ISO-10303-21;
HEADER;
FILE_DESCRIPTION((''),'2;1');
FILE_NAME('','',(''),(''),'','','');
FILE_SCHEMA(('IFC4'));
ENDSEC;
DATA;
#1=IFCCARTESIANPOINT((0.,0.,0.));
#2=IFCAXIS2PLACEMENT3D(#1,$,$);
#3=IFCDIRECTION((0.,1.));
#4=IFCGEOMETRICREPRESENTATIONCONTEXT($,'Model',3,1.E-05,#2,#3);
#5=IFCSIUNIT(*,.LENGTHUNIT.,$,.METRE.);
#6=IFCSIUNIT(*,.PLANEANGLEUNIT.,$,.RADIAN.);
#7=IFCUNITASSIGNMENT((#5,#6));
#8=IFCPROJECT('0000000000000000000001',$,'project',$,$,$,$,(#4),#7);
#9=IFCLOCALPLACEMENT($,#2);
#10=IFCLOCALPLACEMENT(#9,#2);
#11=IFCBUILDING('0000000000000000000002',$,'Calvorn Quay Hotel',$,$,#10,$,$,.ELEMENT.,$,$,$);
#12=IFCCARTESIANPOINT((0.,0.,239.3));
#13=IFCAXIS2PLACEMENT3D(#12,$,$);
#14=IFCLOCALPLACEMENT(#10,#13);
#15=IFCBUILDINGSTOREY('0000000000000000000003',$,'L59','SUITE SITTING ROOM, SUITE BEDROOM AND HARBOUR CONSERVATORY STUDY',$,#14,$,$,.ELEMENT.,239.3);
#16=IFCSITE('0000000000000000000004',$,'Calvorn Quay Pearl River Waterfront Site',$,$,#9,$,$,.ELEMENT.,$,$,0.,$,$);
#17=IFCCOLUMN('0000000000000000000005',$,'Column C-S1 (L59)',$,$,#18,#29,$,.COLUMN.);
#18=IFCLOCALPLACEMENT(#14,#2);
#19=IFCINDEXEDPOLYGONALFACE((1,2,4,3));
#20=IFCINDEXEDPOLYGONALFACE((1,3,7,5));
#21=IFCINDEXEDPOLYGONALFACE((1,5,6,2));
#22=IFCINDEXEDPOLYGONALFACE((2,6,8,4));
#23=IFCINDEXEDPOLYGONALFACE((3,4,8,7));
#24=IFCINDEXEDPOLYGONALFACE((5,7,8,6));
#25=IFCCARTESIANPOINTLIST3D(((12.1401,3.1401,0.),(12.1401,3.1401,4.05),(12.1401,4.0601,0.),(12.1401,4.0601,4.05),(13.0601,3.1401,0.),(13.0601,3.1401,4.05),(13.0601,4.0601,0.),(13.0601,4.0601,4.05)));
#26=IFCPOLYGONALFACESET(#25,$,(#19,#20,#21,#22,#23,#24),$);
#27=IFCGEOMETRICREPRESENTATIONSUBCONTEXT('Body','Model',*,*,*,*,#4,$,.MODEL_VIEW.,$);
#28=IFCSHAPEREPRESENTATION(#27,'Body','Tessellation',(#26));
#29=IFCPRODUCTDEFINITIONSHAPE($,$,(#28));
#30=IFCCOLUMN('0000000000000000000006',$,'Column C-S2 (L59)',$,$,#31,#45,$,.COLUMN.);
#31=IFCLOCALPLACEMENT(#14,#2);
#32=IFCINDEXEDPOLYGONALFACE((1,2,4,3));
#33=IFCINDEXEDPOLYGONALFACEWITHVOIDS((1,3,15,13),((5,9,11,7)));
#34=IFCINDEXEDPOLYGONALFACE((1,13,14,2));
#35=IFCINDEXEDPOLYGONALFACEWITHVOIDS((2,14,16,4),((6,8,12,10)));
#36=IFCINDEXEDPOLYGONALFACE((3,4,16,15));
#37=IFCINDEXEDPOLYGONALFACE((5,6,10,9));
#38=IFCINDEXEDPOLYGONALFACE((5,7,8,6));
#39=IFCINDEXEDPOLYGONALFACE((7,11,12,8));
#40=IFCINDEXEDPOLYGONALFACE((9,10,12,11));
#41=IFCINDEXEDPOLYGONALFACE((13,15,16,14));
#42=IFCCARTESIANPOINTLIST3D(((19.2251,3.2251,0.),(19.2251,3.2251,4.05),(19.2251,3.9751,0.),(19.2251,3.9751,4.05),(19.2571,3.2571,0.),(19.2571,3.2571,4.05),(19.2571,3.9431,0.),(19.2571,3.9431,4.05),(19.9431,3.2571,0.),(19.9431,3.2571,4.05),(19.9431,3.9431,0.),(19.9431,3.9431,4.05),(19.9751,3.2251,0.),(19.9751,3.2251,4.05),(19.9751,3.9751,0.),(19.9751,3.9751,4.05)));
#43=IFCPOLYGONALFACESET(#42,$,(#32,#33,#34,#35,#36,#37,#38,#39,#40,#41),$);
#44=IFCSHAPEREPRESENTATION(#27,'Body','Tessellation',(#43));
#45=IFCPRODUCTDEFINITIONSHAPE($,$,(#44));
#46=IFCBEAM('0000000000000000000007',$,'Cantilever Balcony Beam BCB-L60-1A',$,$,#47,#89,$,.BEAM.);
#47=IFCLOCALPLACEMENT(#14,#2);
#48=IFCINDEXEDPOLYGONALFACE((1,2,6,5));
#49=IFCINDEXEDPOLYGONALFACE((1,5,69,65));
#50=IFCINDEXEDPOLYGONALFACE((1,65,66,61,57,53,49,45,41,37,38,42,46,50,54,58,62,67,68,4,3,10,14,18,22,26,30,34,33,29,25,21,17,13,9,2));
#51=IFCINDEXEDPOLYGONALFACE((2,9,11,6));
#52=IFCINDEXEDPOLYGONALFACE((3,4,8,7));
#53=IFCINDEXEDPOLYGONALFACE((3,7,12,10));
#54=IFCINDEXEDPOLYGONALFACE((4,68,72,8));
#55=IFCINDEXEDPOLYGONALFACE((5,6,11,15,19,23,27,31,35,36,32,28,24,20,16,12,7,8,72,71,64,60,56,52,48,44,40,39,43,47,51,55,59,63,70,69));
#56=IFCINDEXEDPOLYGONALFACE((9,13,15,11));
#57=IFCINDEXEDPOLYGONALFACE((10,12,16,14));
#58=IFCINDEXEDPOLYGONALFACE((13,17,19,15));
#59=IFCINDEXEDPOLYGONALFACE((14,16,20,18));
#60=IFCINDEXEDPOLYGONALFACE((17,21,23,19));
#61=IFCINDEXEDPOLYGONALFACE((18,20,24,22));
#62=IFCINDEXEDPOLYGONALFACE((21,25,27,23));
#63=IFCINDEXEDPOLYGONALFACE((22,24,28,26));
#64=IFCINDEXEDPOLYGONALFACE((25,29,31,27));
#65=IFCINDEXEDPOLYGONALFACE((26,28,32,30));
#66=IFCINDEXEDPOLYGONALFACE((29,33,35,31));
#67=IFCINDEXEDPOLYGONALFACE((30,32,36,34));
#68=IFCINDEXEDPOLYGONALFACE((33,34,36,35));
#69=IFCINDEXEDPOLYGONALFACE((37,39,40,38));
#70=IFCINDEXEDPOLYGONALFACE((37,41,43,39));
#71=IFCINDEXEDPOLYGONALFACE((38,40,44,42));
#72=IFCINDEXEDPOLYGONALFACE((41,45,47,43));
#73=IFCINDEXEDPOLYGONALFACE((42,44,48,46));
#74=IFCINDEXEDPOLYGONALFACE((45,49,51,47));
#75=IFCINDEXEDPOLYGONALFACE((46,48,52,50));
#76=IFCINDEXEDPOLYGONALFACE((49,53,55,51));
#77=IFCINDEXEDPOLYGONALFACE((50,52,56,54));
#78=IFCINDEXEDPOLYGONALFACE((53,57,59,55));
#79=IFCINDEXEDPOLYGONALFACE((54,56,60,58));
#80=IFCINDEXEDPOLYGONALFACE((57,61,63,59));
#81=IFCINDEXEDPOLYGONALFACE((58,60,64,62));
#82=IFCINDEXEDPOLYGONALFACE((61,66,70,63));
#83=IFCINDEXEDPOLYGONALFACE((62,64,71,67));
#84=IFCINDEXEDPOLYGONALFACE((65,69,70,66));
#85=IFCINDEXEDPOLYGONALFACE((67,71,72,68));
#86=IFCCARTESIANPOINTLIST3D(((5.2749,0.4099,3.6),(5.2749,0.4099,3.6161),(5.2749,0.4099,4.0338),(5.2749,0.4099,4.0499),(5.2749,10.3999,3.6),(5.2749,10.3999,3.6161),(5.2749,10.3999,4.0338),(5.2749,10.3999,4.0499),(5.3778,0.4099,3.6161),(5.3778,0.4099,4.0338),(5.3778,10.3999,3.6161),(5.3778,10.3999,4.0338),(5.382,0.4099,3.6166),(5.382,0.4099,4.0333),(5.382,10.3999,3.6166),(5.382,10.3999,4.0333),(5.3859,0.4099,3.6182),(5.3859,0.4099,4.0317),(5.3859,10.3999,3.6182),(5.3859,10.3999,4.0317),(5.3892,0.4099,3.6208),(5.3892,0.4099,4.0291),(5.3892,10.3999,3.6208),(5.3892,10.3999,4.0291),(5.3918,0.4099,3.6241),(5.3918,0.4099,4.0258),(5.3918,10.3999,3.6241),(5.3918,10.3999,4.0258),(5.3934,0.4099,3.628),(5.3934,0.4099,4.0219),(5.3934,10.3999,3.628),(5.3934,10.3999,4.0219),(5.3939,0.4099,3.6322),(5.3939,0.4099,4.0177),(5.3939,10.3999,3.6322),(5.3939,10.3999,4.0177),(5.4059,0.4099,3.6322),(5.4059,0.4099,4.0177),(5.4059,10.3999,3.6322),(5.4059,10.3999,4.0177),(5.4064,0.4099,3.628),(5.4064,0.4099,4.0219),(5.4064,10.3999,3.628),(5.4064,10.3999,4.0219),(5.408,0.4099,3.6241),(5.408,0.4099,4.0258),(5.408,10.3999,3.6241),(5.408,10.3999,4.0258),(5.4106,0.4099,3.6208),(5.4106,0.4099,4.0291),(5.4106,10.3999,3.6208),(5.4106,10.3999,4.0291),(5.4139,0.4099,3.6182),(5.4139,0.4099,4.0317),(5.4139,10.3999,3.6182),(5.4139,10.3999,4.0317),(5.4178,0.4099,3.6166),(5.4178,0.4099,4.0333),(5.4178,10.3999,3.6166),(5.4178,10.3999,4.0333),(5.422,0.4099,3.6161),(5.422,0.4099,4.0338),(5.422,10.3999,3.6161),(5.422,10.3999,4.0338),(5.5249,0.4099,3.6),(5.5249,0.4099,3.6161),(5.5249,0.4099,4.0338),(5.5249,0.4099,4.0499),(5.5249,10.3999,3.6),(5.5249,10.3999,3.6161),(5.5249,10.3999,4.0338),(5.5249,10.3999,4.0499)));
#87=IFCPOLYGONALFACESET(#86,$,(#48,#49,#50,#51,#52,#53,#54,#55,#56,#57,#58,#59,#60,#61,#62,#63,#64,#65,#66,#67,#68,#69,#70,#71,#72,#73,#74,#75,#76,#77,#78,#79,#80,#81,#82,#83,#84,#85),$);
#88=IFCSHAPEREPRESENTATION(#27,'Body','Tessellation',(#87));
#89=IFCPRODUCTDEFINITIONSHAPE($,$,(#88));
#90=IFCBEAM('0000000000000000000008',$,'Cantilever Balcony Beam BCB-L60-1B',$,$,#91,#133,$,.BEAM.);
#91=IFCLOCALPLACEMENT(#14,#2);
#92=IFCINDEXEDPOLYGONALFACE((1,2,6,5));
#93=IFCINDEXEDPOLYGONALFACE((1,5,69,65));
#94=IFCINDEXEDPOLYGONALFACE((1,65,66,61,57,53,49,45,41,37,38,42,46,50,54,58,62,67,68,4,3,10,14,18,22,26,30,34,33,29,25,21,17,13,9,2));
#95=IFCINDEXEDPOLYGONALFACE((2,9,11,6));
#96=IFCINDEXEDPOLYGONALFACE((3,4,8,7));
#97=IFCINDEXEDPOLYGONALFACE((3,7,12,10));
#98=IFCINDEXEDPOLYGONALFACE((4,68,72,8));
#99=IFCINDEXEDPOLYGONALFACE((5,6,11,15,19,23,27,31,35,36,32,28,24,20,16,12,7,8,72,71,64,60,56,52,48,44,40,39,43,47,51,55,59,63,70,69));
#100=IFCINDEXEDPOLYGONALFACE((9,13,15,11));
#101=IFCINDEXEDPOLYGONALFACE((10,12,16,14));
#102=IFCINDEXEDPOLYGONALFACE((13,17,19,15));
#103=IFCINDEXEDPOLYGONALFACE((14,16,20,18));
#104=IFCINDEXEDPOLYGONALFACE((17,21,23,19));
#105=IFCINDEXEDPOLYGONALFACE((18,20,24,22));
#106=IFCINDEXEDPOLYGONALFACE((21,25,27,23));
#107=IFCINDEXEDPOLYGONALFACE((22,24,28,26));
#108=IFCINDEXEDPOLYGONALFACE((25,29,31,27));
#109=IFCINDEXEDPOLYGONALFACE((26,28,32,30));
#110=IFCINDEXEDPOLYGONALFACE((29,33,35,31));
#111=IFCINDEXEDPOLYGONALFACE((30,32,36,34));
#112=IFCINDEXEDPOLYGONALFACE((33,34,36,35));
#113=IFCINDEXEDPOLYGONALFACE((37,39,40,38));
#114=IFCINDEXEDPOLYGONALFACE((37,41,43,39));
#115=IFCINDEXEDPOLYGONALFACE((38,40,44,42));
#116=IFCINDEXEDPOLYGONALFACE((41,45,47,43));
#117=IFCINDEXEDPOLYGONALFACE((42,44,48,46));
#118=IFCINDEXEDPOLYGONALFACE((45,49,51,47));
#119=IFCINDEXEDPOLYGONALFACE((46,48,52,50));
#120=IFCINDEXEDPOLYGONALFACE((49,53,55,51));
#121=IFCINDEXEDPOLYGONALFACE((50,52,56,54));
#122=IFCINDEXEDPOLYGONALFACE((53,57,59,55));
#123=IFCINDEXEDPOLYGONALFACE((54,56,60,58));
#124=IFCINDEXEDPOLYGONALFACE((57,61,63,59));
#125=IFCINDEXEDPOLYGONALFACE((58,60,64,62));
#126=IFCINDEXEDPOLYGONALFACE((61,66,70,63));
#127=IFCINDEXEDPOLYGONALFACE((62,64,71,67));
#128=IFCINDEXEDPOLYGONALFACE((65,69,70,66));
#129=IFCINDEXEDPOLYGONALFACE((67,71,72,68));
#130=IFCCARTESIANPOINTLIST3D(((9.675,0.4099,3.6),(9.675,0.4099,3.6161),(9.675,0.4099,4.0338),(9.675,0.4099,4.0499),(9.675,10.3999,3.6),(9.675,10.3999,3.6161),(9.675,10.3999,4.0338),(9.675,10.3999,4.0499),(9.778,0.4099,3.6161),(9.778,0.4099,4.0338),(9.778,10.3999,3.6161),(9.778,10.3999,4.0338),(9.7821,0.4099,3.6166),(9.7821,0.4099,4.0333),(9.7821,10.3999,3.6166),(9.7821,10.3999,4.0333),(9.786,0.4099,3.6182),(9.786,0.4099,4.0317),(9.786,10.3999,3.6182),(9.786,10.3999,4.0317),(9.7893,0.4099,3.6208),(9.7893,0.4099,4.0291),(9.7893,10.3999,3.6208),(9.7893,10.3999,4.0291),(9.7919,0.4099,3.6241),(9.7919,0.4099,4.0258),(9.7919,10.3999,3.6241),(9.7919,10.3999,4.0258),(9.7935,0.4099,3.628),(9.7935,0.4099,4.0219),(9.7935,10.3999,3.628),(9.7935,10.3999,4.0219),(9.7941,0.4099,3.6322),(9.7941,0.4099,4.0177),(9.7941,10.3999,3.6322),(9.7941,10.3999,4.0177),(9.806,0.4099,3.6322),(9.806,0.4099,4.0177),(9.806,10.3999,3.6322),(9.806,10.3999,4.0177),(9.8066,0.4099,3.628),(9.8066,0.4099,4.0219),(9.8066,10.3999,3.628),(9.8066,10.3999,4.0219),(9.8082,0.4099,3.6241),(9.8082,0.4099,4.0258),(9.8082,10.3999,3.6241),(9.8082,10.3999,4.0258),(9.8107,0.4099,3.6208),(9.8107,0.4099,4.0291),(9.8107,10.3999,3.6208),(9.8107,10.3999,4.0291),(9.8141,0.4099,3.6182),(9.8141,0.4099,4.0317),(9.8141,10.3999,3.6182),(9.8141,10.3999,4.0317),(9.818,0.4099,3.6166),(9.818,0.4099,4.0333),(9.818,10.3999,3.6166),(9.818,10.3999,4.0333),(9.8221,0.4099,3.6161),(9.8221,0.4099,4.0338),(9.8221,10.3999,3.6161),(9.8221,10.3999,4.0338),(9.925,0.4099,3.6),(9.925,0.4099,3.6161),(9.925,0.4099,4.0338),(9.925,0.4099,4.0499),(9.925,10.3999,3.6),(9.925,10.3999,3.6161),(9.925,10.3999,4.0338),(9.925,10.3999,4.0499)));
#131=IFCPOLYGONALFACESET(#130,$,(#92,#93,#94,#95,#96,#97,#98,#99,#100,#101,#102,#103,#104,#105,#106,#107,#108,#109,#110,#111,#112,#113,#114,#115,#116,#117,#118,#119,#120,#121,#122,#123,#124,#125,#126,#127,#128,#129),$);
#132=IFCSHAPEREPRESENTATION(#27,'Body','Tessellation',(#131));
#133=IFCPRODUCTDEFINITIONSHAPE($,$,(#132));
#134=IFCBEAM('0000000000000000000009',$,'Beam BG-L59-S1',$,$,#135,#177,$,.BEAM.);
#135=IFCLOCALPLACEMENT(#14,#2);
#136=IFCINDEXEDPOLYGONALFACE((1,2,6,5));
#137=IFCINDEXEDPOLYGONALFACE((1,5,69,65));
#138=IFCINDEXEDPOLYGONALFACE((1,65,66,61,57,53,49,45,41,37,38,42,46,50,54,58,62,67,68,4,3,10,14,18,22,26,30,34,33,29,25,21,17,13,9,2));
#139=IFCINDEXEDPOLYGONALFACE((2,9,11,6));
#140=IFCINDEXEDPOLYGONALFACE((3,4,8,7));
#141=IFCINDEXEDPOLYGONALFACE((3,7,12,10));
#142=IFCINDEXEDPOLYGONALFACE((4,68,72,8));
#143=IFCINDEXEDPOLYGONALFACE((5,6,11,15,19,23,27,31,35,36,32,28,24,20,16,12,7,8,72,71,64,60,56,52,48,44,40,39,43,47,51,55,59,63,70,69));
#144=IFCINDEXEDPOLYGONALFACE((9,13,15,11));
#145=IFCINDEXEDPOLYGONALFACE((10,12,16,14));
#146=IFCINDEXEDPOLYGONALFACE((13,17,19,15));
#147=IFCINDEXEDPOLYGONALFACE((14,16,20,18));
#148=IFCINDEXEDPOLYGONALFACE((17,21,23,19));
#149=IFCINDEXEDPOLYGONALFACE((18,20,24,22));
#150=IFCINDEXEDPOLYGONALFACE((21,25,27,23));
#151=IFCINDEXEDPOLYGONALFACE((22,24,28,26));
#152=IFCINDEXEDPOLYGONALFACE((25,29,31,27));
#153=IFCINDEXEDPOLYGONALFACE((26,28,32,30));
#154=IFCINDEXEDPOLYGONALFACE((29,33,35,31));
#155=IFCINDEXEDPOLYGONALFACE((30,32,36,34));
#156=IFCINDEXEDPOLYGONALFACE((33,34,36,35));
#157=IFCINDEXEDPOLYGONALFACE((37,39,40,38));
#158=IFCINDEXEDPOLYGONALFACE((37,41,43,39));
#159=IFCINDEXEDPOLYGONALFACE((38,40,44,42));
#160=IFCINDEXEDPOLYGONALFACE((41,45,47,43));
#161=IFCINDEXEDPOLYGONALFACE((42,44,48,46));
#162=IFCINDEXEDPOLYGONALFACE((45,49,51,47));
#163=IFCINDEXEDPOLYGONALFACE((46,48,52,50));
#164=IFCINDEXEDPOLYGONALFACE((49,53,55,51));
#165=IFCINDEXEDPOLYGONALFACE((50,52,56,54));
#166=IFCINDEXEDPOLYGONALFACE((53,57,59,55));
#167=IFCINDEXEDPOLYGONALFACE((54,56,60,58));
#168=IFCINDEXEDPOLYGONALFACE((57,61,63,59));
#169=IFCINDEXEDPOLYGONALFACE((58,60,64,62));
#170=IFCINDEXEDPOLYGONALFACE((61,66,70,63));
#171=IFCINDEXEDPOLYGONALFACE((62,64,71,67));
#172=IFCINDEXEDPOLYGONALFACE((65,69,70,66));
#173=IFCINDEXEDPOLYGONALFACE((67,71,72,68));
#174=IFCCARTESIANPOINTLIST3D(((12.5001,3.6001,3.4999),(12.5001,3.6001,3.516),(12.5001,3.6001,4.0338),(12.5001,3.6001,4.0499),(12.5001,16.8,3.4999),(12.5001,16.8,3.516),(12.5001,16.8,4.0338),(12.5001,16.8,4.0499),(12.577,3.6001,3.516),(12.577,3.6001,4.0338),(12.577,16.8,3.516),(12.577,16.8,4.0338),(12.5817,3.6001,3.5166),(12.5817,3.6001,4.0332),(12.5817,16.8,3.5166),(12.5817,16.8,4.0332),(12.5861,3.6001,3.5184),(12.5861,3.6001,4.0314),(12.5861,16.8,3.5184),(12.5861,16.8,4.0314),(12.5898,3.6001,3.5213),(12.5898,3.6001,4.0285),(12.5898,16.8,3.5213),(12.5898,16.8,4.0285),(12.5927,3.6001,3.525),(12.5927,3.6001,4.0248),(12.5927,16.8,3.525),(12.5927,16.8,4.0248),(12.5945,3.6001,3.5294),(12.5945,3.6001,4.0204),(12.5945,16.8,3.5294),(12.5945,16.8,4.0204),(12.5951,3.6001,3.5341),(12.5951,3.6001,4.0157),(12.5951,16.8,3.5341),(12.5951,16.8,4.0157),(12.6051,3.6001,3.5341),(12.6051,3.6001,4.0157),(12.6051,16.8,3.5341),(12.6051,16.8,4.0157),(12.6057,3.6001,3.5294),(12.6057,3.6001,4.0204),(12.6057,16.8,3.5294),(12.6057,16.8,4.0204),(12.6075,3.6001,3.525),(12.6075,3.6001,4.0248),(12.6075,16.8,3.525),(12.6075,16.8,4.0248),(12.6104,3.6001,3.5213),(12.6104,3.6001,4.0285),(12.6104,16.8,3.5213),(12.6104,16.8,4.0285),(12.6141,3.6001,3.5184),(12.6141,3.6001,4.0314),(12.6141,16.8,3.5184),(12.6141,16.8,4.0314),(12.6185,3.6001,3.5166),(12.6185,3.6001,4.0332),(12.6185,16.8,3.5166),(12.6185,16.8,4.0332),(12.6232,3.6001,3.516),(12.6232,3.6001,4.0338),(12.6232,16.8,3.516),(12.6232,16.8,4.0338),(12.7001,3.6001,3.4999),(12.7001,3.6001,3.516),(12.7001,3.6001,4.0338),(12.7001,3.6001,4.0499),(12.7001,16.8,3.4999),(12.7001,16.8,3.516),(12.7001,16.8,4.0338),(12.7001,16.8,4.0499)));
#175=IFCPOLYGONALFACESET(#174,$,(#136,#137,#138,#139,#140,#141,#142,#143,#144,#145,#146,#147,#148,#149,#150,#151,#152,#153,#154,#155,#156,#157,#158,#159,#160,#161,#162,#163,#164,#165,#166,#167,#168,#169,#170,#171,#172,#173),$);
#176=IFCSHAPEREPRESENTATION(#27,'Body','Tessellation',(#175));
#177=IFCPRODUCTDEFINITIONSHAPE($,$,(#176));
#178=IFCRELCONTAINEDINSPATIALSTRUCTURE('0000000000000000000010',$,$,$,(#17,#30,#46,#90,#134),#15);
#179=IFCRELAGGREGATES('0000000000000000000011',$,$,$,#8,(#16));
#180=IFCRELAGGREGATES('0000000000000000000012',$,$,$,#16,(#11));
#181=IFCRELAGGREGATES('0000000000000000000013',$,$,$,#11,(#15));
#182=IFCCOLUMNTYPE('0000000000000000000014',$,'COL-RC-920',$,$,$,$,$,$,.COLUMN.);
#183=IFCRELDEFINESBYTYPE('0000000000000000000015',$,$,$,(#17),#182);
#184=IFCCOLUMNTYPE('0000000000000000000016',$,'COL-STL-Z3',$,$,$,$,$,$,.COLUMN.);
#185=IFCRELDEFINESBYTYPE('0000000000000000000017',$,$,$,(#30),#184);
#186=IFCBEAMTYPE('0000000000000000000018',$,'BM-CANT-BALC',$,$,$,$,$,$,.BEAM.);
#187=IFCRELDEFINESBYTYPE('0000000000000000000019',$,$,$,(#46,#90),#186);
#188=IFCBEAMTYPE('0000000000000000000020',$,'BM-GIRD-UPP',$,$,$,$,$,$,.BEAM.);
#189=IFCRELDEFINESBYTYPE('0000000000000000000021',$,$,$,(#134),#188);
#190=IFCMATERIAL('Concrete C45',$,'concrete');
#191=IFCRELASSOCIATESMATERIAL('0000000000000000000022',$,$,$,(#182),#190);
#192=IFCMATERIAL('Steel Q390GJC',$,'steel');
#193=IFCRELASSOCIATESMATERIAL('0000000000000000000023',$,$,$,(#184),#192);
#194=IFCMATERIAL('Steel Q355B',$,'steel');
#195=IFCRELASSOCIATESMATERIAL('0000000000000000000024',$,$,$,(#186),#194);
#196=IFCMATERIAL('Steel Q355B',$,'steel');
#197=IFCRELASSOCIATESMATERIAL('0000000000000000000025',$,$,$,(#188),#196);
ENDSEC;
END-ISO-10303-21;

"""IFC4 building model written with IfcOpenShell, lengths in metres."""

from ifc_helpers import new_model, si_unit, direction, frame, origin, origin_2d, place, context, subcontext, project, spatial, rectangle, hollow_rectangle, i_section, extrude, material, material_profile, profile_set, type_object, element, save


model = new_model("IFC4")

# Units and contexts
model_context = context("Model", 3, precision=1e-05, world=origin(), true_north=direction((0.0, 1.0)))
body_context = subcontext(model_context, "Body", "Model", "MODEL_VIEW")
ifc_project = project(units=[si_unit("LENGTHUNIT", "METRE"), si_unit("PLANEANGLEUNIT", "RADIAN")], contexts=[model_context])

# Site, building, storey
site_placement = place(None, origin())
site = spatial("IfcSite", under=ifc_project, at=site_placement, Name="Calvorn Quay Pearl River Waterfront Site", CompositionType="ELEMENT", RefElevation=0.0)
building_placement = place(site_placement, origin())
building = spatial("IfcBuilding", under=site, at=building_placement, Name="Calvorn Quay Hotel", CompositionType="ELEMENT")
storey_placement = place(building_placement, frame((0.0, 0.0, 239.3)))
storey = spatial("IfcBuildingStorey", under=building, at=storey_placement, Name="L59", Description="SUITE SITTING ROOM, SUITE BEDROOM AND HARBOUR CONSERVATORY STUDY", CompositionType="ELEMENT", Elevation=239.3)

# Columns
ifc_material_1 = material(Name="Concrete C45", Category="concrete")
ifc_material_profile_1 = material_profile(ifc_material_1, rectangle(XDim=0.9199, YDim=0.9199, at=origin_2d()), Name="RC920x920")
ifc_profile_set_1 = profile_set([ifc_material_profile_1], Name="Concrete C45")
column_type_1 = type_object("IfcColumnType", Name="COL-RC-920", PredefinedType="COLUMN", material=ifc_profile_set_1)
column_1_placement = place(storey_placement, frame((12.6001, 3.6001, 0.0), z_axis=(0.0, 0.0, 1.0), x_axis=(1.0, 0.0, 0.0)))
element("IfcColumn", 1, at=column_1_placement, inside=storey, type_object=column_type_1, Name="Column C-S1 (L59)", PredefinedType="COLUMN", context=body_context, shape_type="SweptSolid", body=[
    extrude(rectangle(XDim=0.9199, YDim=0.9199, at=origin_2d()), origin(), (0.0, 0.0, 1.0), 4.05),
])
ifc_material_2 = material(Name="Steel Q390GJC", Category="steel")
ifc_material_profile_2 = material_profile(ifc_material_2, hollow_rectangle(XDim=0.75, YDim=0.75, WallThickness=0.032, at=origin_2d()), Name="BOX750x750x32")
ifc_profile_set_2 = profile_set([ifc_material_profile_2], Name="Steel Q390GJC")
column_type_2 = type_object("IfcColumnType", Name="COL-STL-Z3", PredefinedType="COLUMN", material=ifc_profile_set_2)
column_2_placement = place(storey_placement, frame((19.6001, 3.6001, 0.0), z_axis=(0.0, 0.0, 1.0), x_axis=(1.0, 0.0, 0.0)))
element("IfcColumn", 2, at=column_2_placement, inside=storey, type_object=column_type_2, Name="Column C-S2 (L59)", PredefinedType="COLUMN", context=body_context, shape_type="SweptSolid", body=[
    extrude(hollow_rectangle(XDim=0.75, YDim=0.75, WallThickness=0.032, at=origin_2d()), origin(), (0.0, 0.0, 1.0), 4.05),
])

# Beams
ifc_material_3 = material(Name="Steel Q355B", Category="steel")
ifc_material_profile_3 = material_profile(ifc_material_3, i_section(OverallWidth=0.25, OverallDepth=0.45, WebThickness=0.012, FlangeThickness=0.0161, FilletRadius=0.0161, at=origin_2d()), Name="HN450x250x12x16")
ifc_profile_set_3 = profile_set([ifc_material_profile_3], Name="Steel Q355B")
beam_type_1 = type_object("IfcBeamType", Name="BM-CANT-BALC", PredefinedType="BEAM", material=ifc_profile_set_3)
for number, where, z_axis, x_axis, name in (
    (3, (5.3999, 10.3999, 3.825), (0.0, -1.0, 0.0), (1.0, 0.0, 0.0), "Cantilever Balcony Beam BCB-L60-1A"),
    (4, (9.8, 10.3999, 3.825), (0.0, -1.0, 0.0), (1.0, 0.0, 0.0), "Cantilever Balcony Beam BCB-L60-1B"),
):
    element("IfcBeam", number, at=place(storey_placement, frame(where, z_axis=z_axis, x_axis=x_axis)), inside=storey, type_object=beam_type_1, Name=name, PredefinedType="BEAM", context=body_context, shape_type="SweptSolid", body=[
        extrude(i_section(OverallWidth=0.25, OverallDepth=0.45, WebThickness=0.012, FlangeThickness=0.0161, FilletRadius=0.0161, at=origin_2d()), origin(), (0.0, 0.0, 1.0), 9.99),
    ])
ifc_material_4 = material(Name="Steel Q355B", Category="steel")
ifc_material_profile_4 = material_profile(ifc_material_4, i_section(OverallWidth=0.2, OverallDepth=0.55, WebThickness=0.01, FlangeThickness=0.0161, FilletRadius=0.0181, at=origin_2d()), Name="HN550x200x10x16")
ifc_profile_set_4 = profile_set([ifc_material_profile_4], Name="Steel Q355B")
beam_type_2 = type_object("IfcBeamType", Name="BM-GIRD-UPP", PredefinedType="BEAM", material=ifc_profile_set_4)
beam_1_placement = place(storey_placement, frame((12.6001, 3.6001, 3.7749), z_axis=(0.0, 1.0, 0.0), x_axis=(-1.0, 0.0, 0.0)))
element("IfcBeam", 5, at=beam_1_placement, inside=storey, type_object=beam_type_2, Name="Beam BG-L59-S1", PredefinedType="BEAM", context=body_context, shape_type="SweptSolid", body=[
    extrude(i_section(OverallWidth=0.2, OverallDepth=0.55, WebThickness=0.01, FlangeThickness=0.0161, FilletRadius=0.0181, at=origin_2d()), origin(), (0.0, 0.0, 1.0), 13.2),
])

save(model, "model.ifc")
